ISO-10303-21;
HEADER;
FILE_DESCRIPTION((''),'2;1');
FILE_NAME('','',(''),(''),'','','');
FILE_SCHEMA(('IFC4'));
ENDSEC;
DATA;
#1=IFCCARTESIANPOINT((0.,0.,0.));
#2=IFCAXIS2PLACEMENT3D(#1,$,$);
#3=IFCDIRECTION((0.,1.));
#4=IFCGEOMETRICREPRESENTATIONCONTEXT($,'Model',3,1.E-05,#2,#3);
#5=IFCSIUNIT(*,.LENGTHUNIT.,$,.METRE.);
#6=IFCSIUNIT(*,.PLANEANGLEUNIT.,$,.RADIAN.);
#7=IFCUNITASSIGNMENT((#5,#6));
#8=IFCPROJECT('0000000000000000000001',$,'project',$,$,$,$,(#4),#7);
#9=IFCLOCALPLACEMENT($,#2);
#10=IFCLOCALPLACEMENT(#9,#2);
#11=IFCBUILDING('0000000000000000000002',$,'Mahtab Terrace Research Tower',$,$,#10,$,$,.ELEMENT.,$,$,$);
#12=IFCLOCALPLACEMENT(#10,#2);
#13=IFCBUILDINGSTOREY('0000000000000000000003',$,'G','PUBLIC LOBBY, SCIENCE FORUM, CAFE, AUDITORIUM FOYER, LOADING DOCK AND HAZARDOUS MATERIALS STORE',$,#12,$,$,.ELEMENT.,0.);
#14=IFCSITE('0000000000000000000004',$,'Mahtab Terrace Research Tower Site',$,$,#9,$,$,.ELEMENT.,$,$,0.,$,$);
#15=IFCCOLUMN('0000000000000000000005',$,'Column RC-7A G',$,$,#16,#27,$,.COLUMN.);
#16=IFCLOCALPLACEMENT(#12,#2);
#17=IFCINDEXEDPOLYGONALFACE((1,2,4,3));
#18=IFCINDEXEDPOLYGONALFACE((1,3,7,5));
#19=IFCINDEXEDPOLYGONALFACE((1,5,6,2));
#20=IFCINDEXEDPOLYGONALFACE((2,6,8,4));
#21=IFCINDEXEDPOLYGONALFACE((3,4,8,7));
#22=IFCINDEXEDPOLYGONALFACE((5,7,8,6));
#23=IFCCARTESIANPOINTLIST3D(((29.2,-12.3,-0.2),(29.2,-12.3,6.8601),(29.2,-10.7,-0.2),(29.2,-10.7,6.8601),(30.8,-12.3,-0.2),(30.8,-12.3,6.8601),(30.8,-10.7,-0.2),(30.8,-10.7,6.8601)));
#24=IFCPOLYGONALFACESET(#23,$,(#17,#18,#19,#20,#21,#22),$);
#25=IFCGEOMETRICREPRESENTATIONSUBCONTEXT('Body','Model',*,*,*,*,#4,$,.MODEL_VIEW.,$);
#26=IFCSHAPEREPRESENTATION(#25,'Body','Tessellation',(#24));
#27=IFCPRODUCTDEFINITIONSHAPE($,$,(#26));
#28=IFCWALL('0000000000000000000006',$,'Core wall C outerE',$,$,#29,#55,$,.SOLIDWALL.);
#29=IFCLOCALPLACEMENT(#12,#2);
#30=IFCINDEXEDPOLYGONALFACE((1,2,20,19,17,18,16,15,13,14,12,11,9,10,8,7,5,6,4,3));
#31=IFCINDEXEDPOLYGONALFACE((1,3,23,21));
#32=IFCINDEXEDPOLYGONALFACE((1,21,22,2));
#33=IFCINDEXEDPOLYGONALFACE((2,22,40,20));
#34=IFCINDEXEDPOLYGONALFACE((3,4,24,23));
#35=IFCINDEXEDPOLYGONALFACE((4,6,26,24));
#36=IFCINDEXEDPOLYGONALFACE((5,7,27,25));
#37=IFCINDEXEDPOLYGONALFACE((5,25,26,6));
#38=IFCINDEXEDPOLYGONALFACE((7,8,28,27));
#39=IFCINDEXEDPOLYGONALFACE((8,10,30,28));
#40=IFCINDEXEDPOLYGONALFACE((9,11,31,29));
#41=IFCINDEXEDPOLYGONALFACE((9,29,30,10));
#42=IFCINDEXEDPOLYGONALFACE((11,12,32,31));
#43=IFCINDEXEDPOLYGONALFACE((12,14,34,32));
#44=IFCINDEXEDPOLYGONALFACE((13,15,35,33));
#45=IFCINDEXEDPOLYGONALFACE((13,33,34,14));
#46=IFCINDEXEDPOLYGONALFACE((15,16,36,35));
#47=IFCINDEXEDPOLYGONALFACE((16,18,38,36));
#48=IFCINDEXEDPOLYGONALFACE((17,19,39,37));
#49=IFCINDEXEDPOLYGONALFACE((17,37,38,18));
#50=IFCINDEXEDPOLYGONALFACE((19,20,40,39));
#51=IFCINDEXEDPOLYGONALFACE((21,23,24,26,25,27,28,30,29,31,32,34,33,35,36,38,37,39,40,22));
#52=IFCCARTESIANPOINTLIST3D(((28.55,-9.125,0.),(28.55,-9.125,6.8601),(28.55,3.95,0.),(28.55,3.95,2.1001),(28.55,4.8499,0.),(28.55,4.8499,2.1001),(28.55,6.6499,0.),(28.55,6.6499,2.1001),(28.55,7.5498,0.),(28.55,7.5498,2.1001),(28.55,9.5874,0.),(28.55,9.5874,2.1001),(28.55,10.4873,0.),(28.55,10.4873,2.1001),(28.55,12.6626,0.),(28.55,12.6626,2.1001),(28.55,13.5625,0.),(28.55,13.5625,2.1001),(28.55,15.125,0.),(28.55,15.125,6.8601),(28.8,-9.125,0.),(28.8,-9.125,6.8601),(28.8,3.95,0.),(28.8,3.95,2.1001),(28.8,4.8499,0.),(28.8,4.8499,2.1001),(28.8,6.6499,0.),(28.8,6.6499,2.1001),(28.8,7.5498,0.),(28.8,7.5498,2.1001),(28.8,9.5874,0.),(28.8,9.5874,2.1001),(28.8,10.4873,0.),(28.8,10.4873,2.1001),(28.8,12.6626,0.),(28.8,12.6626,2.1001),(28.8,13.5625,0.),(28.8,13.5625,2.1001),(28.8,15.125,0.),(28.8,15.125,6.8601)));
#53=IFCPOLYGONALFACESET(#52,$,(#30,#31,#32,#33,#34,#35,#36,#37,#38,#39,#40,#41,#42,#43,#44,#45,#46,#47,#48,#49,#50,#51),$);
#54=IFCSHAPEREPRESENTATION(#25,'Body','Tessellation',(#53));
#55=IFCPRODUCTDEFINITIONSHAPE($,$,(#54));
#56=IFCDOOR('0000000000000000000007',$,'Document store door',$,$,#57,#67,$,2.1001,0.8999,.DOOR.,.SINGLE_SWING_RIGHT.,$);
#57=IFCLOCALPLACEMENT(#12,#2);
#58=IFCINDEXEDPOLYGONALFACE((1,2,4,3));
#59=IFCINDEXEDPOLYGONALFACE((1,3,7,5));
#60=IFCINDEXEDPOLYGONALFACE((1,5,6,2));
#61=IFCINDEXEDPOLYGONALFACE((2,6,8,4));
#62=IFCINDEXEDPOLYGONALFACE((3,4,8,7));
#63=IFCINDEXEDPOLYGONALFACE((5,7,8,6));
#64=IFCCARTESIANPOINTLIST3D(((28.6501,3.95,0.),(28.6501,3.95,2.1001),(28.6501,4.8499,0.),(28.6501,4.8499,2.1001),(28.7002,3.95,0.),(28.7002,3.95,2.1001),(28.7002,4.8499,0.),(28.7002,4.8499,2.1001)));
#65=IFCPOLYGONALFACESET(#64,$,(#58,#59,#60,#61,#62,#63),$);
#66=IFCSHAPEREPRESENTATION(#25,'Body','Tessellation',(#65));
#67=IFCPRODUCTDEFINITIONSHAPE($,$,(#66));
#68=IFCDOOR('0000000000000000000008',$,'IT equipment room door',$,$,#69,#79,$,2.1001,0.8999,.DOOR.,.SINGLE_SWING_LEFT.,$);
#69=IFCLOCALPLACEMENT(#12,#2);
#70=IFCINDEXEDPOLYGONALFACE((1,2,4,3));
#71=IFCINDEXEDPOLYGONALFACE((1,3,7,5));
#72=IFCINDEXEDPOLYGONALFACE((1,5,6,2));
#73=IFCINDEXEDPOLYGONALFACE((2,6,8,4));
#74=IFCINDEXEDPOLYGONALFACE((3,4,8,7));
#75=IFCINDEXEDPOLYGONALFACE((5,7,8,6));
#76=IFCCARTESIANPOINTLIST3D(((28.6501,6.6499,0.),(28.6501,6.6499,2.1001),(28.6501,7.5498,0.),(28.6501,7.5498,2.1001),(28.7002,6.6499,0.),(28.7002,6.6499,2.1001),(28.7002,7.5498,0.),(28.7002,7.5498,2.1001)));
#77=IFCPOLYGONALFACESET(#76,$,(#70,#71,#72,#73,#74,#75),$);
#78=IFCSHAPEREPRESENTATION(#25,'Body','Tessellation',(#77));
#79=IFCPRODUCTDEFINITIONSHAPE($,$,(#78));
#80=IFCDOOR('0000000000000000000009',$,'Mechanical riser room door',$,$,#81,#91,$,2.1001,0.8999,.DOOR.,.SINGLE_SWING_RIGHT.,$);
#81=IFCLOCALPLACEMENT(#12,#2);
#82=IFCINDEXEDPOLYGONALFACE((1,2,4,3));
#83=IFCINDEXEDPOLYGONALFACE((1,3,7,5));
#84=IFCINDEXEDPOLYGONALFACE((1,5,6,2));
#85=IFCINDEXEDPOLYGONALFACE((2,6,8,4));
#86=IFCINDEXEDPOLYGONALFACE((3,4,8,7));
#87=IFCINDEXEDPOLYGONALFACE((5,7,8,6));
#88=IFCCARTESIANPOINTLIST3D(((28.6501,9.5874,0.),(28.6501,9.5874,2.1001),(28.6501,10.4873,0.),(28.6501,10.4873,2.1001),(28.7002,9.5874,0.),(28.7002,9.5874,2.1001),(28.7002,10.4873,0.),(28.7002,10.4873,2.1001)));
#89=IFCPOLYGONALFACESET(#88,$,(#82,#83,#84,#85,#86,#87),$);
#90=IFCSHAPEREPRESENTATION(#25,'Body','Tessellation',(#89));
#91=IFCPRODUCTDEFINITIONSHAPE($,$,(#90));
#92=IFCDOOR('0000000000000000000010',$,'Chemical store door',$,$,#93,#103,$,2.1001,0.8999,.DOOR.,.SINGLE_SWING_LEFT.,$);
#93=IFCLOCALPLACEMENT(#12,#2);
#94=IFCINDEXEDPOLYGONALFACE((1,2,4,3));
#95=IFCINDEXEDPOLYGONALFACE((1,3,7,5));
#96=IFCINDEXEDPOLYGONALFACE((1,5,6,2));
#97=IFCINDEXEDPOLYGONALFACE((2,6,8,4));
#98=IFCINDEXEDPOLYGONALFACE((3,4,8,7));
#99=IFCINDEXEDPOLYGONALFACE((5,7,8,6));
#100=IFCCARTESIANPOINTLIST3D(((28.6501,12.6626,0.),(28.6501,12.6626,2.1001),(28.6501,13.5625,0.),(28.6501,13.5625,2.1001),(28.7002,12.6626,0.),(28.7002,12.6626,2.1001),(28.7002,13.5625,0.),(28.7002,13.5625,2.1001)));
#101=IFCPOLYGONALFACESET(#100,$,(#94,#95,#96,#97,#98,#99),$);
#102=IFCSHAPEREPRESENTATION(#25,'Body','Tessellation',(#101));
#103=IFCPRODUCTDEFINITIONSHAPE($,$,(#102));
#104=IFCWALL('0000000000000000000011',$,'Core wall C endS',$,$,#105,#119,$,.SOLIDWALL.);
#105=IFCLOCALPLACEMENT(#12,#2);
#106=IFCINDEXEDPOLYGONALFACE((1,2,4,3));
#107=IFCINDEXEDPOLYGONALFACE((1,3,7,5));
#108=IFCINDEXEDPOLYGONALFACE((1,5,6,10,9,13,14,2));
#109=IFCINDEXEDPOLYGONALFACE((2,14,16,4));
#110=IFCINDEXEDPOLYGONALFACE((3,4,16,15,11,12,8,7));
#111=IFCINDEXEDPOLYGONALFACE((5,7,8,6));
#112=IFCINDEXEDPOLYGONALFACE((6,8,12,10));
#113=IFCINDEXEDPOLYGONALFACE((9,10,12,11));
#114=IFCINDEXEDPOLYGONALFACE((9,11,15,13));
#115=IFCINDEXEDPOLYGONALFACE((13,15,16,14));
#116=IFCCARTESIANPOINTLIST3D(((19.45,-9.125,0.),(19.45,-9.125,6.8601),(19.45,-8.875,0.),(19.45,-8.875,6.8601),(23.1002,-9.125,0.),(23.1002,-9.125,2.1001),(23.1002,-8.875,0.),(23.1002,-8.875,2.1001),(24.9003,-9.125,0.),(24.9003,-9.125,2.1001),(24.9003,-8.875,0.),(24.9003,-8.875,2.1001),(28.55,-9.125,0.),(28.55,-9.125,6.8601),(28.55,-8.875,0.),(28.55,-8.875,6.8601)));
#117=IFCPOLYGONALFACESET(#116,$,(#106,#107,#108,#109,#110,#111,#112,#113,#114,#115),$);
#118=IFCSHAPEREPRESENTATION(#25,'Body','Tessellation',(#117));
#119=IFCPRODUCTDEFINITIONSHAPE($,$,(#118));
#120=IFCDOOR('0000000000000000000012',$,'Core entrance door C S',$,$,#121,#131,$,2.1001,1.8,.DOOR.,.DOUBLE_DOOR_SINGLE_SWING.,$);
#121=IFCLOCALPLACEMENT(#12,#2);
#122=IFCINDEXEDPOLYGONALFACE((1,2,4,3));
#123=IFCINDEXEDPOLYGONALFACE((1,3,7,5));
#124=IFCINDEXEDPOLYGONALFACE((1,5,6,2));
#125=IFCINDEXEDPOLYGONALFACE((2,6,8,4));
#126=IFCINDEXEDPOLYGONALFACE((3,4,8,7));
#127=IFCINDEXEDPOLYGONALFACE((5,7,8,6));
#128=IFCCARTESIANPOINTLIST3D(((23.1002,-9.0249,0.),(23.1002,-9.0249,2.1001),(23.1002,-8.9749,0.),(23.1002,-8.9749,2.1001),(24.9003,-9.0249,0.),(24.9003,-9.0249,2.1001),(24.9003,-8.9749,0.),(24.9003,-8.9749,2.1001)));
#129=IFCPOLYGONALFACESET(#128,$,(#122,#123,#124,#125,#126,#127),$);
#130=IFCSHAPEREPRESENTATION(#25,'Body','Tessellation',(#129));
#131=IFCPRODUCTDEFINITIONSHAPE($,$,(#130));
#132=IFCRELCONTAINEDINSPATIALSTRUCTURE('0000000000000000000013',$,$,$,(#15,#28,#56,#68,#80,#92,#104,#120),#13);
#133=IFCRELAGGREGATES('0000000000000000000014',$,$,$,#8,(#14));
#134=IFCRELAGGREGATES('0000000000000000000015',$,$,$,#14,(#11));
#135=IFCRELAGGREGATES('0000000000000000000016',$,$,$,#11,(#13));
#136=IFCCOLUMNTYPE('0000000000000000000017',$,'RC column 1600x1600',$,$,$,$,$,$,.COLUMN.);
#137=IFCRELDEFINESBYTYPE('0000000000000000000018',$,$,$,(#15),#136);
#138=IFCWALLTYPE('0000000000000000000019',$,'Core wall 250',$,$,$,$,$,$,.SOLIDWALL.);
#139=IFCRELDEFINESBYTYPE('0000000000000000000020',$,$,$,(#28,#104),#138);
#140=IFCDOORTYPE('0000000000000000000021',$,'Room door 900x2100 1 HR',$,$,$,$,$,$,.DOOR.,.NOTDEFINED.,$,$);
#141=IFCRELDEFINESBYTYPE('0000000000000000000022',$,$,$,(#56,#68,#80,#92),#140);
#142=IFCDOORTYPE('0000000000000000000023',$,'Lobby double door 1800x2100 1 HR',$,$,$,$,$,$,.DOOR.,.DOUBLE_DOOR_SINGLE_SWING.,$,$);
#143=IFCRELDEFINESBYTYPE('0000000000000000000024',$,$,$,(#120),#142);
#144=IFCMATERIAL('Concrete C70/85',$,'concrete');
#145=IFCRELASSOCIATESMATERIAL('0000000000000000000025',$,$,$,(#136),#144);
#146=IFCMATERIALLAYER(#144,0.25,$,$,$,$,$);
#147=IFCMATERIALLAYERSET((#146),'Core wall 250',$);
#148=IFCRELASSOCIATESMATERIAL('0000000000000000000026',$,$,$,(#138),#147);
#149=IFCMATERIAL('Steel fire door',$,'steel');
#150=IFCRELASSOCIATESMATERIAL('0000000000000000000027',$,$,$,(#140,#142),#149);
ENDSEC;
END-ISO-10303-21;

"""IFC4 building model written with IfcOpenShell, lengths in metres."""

from ifc_helpers import new_model, si_unit, direction, frame, frame_2d, origin, origin_2d, place, context, subcontext, project, spatial, rectangle, extrude, material, layer, layer_set, material_profile, profile_set, type_object, element, fill, save


model = new_model("IFC4")

# Units and contexts
model_context = context("Model", 3, precision=1e-05, world=origin(), true_north=direction((0.0, 1.0)))
body_context = subcontext(model_context, "Body", "Model", "MODEL_VIEW")
ifc_project = project(units=[si_unit("LENGTHUNIT", "METRE"), si_unit("PLANEANGLEUNIT", "RADIAN")], contexts=[model_context])

# Site, building, storey
site_placement = place(None, origin())
site = spatial("IfcSite", under=ifc_project, at=site_placement, Name="Mahtab Terrace Research Tower Site", CompositionType="ELEMENT", RefElevation=0.0)
building_placement = place(site_placement, origin())
building = spatial("IfcBuilding", under=site, at=building_placement, Name="Mahtab Terrace Research Tower", CompositionType="ELEMENT")
storey_placement = place(building_placement, origin())
storey = spatial("IfcBuildingStorey", under=building, at=storey_placement, Name="G", Description="PUBLIC LOBBY, SCIENCE FORUM, CAFE, AUDITORIUM FOYER, LOADING DOCK AND HAZARDOUS MATERIALS STORE", CompositionType="ELEMENT", Elevation=0.0)

# Column
ifc_material_1 = material(Name="Concrete C70/85", Category="concrete")
ifc_material_profile_1 = material_profile(ifc_material_1, rectangle(XDim=1.6001, YDim=1.6001, at=origin_2d()), Name="RC column 1600x1600")
ifc_profile_set_1 = profile_set([ifc_material_profile_1], Name="Concrete C70/85")
column_type = type_object("IfcColumnType", Name="RC column 1600x1600", PredefinedType="COLUMN", material=ifc_profile_set_1)
for number, where, z_axis, x_axis, name in (
    (1, (30.0, -11.5, -0.2), (0.0, 0.0, 1.0), (1.0, 0.0, 0.0), "Column RC-7A G"),
):
    element("IfcColumn", number, at=place(storey_placement, frame(where, z_axis=z_axis, x_axis=x_axis)), inside=storey, type_object=column_type, Name=name, PredefinedType="COLUMN", context=body_context, shape_type="SweptSolid", body=[
        extrude(rectangle(XDim=1.6001, YDim=1.6001, at=origin_2d()), origin(), (0.0, 0.0, 1.0), 7.0601),
    ])

# Wall, openings, doors
ifc_layer_1 = layer(ifc_material_1, 0.25)
ifc_layer_set_1 = layer_set([ifc_layer_1], Name="Core wall 250")
wall_type_1 = type_object("IfcWallType", Name="Core wall 250", PredefinedType="SOLIDWALL", material=ifc_layer_set_1)
wall_1_placement = place(storey_placement, frame((28.675, -9.125, 0.0), z_axis=(0.0, 0.0, 1.0), x_axis=(0.0, 1.0, 0.0)))
wall_1 = element("IfcWall", 2, at=wall_1_placement, inside=storey, type_object=wall_type_1, Name="Core wall C outerE", PredefinedType="SOLIDWALL", context=body_context, shape_type="SweptSolid", body=[
    extrude(rectangle(XDim=24.25, YDim=0.25, at=frame_2d((12.125, 0.0))), origin(), (0.0, 0.0, 1.0), 6.8601),
])
opening_1_placement = place(wall_1_placement, frame((13.075, 0.0, 0.0)))
opening_1 = element("IfcOpeningElement", 3, at=opening_1_placement, cuts=wall_1, PredefinedType="OPENING", context=body_context, shape_type="SweptSolid", body=[
    extrude(rectangle(XDim=0.8999, YDim=2.1001, at=frame_2d((0.45, 1.05))), frame((0.0, 0.135, 0.0), z_axis=(0.0, -1.0, 0.0), x_axis=(1.0, 0.0, 0.0)), (0.0, 0.0, 1.0), 0.27),
])
opening_2_placement = place(wall_1_placement, frame((15.7749, 0.0, 0.0)))
opening_2 = element("IfcOpeningElement", 4, at=opening_2_placement, cuts=wall_1, PredefinedType="OPENING", context=body_context, shape_type="SweptSolid", body=[
    extrude(rectangle(XDim=0.8999, YDim=2.1001, at=frame_2d((0.45, 1.05))), frame((0.0, 0.135, 0.0), z_axis=(0.0, -1.0, 0.0), x_axis=(1.0, 0.0, 0.0)), (0.0, 0.0, 1.0), 0.27),
])
opening_3_placement = place(wall_1_placement, frame((18.7124, 0.0, 0.0)))
opening_3 = element("IfcOpeningElement", 5, at=opening_3_placement, cuts=wall_1, PredefinedType="OPENING", context=body_context, shape_type="SweptSolid", body=[
    extrude(rectangle(XDim=0.8999, YDim=2.1001, at=frame_2d((0.45, 1.05))), frame((0.0, 0.135, 0.0), z_axis=(0.0, -1.0, 0.0), x_axis=(1.0, 0.0, 0.0)), (0.0, 0.0, 1.0), 0.27),
])
opening_4_placement = place(wall_1_placement, frame((21.7876, 0.0, 0.0)))
opening_4 = element("IfcOpeningElement", 6, at=opening_4_placement, cuts=wall_1, PredefinedType="OPENING", context=body_context, shape_type="SweptSolid", body=[
    extrude(rectangle(XDim=0.8999, YDim=2.1001, at=frame_2d((0.45, 1.05))), frame((0.0, 0.135, 0.0), z_axis=(0.0, -1.0, 0.0), x_axis=(1.0, 0.0, 0.0)), (0.0, 0.0, 1.0), 0.27),
])
ifc_material_2 = material(Name="Steel fire door", Category="steel")
door_type_1 = type_object("IfcDoorType", Name="Room door 900x2100 1 HR", OperationType="NOTDEFINED", PredefinedType="DOOR", material=ifc_material_2)
door_1_placement = place(opening_1_placement, origin())
door_1 = element("IfcDoor", 7, at=door_1_placement, inside=storey, type_object=door_type_1, Name="Document store door", OperationType="SINGLE_SWING_RIGHT", OverallHeight=2.1001, OverallWidth=0.8999, PredefinedType="DOOR", context=body_context, shape_type="SweptSolid", body=[
    extrude(rectangle(XDim=0.8999, YDim=2.1001, at=frame_2d((0.45, 1.05))), frame((0.0, 0.0249, 0.0), z_axis=(0.0, -1.0, 0.0), x_axis=(1.0, 0.0, 0.0)), (0.0, 0.0, 1.0), 0.05),
])
fill(opening_1, door_1)
door_2_placement = place(opening_2_placement, origin())
door_2 = element("IfcDoor", 8, at=door_2_placement, inside=storey, type_object=door_type_1, Name="IT equipment room door", OperationType="SINGLE_SWING_LEFT", OverallHeight=2.1001, OverallWidth=0.8999, PredefinedType="DOOR", context=body_context, shape_type="SweptSolid", body=[
    extrude(rectangle(XDim=0.8999, YDim=2.1001, at=frame_2d((0.45, 1.05))), frame((0.0, 0.0249, 0.0), z_axis=(0.0, -1.0, 0.0), x_axis=(1.0, 0.0, 0.0)), (0.0, 0.0, 1.0), 0.05),
])
fill(opening_2, door_2)
door_3_placement = place(opening_3_placement, origin())
door_3 = element("IfcDoor", 9, at=door_3_placement, inside=storey, type_object=door_type_1, Name="Mechanical riser room door", OperationType="SINGLE_SWING_RIGHT", OverallHeight=2.1001, OverallWidth=0.8999, PredefinedType="DOOR", context=body_context, shape_type="SweptSolid", body=[
    extrude(rectangle(XDim=0.8999, YDim=2.1001, at=frame_2d((0.45, 1.05))), frame((0.0, 0.0249, 0.0), z_axis=(0.0, -1.0, 0.0), x_axis=(1.0, 0.0, 0.0)), (0.0, 0.0, 1.0), 0.05),
])
fill(opening_3, door_3)
door_4_placement = place(opening_4_placement, origin())
door_4 = element("IfcDoor", 10, at=door_4_placement, inside=storey, type_object=door_type_1, Name="Chemical store door", OperationType="SINGLE_SWING_LEFT", OverallHeight=2.1001, OverallWidth=0.8999, PredefinedType="DOOR", context=body_context, shape_type="SweptSolid", body=[
    extrude(rectangle(XDim=0.8999, YDim=2.1001, at=frame_2d((0.45, 1.05))), frame((0.0, 0.0249, 0.0), z_axis=(0.0, -1.0, 0.0), x_axis=(1.0, 0.0, 0.0)), (0.0, 0.0, 1.0), 0.05),
])
fill(opening_4, door_4)

# Wall, opening, door
wall_2_placement = place(storey_placement, frame((28.55, -9.0, 0.0), z_axis=(0.0, 0.0, 1.0), x_axis=(-1.0, 0.0, 0.0)))
wall_2 = element("IfcWall", 11, at=wall_2_placement, inside=storey, type_object=wall_type_1, Name="Core wall C endS", PredefinedType="SOLIDWALL", context=body_context, shape_type="SweptSolid", body=[
    extrude(rectangle(XDim=9.1001, YDim=0.25, at=frame_2d((4.55, 0.0))), origin(), (0.0, 0.0, 1.0), 6.8601),
])
opening_5_placement = place(wall_2_placement, frame((3.6499, 0.0, 0.0)))
opening_5 = element("IfcOpeningElement", 12, at=opening_5_placement, cuts=wall_2, PredefinedType="OPENING", context=body_context, shape_type="SweptSolid", body=[
    extrude(rectangle(XDim=1.8, YDim=2.1001, at=frame_2d((0.8999, 1.05))), frame((0.0, 0.135, 0.0), z_axis=(0.0, -1.0, 0.0), x_axis=(1.0, 0.0, 0.0)), (0.0, 0.0, 1.0), 0.27),
])
door_type_2 = type_object("IfcDoorType", Name="Lobby double door 1800x2100 1 HR", OperationType="DOUBLE_DOOR_SINGLE_SWING", PredefinedType="DOOR", material=ifc_material_2)
door_5_placement = place(opening_5_placement, origin())
door_5 = element("IfcDoor", 13, at=door_5_placement, inside=storey, type_object=door_type_2, Name="Core entrance door C S", OperationType="DOUBLE_DOOR_SINGLE_SWING", OverallHeight=2.1001, OverallWidth=1.8, PredefinedType="DOOR", context=body_context, shape_type="SweptSolid", body=[
    extrude(rectangle(XDim=1.8, YDim=2.1001, at=frame_2d((0.8999, 1.05))), frame((0.0, 0.0249, 0.0), z_axis=(0.0, -1.0, 0.0), x_axis=(1.0, 0.0, 0.0)), (0.0, 0.0, 1.0), 0.05),
])
fill(opening_5, door_5)

save(model, "model.ifc")
